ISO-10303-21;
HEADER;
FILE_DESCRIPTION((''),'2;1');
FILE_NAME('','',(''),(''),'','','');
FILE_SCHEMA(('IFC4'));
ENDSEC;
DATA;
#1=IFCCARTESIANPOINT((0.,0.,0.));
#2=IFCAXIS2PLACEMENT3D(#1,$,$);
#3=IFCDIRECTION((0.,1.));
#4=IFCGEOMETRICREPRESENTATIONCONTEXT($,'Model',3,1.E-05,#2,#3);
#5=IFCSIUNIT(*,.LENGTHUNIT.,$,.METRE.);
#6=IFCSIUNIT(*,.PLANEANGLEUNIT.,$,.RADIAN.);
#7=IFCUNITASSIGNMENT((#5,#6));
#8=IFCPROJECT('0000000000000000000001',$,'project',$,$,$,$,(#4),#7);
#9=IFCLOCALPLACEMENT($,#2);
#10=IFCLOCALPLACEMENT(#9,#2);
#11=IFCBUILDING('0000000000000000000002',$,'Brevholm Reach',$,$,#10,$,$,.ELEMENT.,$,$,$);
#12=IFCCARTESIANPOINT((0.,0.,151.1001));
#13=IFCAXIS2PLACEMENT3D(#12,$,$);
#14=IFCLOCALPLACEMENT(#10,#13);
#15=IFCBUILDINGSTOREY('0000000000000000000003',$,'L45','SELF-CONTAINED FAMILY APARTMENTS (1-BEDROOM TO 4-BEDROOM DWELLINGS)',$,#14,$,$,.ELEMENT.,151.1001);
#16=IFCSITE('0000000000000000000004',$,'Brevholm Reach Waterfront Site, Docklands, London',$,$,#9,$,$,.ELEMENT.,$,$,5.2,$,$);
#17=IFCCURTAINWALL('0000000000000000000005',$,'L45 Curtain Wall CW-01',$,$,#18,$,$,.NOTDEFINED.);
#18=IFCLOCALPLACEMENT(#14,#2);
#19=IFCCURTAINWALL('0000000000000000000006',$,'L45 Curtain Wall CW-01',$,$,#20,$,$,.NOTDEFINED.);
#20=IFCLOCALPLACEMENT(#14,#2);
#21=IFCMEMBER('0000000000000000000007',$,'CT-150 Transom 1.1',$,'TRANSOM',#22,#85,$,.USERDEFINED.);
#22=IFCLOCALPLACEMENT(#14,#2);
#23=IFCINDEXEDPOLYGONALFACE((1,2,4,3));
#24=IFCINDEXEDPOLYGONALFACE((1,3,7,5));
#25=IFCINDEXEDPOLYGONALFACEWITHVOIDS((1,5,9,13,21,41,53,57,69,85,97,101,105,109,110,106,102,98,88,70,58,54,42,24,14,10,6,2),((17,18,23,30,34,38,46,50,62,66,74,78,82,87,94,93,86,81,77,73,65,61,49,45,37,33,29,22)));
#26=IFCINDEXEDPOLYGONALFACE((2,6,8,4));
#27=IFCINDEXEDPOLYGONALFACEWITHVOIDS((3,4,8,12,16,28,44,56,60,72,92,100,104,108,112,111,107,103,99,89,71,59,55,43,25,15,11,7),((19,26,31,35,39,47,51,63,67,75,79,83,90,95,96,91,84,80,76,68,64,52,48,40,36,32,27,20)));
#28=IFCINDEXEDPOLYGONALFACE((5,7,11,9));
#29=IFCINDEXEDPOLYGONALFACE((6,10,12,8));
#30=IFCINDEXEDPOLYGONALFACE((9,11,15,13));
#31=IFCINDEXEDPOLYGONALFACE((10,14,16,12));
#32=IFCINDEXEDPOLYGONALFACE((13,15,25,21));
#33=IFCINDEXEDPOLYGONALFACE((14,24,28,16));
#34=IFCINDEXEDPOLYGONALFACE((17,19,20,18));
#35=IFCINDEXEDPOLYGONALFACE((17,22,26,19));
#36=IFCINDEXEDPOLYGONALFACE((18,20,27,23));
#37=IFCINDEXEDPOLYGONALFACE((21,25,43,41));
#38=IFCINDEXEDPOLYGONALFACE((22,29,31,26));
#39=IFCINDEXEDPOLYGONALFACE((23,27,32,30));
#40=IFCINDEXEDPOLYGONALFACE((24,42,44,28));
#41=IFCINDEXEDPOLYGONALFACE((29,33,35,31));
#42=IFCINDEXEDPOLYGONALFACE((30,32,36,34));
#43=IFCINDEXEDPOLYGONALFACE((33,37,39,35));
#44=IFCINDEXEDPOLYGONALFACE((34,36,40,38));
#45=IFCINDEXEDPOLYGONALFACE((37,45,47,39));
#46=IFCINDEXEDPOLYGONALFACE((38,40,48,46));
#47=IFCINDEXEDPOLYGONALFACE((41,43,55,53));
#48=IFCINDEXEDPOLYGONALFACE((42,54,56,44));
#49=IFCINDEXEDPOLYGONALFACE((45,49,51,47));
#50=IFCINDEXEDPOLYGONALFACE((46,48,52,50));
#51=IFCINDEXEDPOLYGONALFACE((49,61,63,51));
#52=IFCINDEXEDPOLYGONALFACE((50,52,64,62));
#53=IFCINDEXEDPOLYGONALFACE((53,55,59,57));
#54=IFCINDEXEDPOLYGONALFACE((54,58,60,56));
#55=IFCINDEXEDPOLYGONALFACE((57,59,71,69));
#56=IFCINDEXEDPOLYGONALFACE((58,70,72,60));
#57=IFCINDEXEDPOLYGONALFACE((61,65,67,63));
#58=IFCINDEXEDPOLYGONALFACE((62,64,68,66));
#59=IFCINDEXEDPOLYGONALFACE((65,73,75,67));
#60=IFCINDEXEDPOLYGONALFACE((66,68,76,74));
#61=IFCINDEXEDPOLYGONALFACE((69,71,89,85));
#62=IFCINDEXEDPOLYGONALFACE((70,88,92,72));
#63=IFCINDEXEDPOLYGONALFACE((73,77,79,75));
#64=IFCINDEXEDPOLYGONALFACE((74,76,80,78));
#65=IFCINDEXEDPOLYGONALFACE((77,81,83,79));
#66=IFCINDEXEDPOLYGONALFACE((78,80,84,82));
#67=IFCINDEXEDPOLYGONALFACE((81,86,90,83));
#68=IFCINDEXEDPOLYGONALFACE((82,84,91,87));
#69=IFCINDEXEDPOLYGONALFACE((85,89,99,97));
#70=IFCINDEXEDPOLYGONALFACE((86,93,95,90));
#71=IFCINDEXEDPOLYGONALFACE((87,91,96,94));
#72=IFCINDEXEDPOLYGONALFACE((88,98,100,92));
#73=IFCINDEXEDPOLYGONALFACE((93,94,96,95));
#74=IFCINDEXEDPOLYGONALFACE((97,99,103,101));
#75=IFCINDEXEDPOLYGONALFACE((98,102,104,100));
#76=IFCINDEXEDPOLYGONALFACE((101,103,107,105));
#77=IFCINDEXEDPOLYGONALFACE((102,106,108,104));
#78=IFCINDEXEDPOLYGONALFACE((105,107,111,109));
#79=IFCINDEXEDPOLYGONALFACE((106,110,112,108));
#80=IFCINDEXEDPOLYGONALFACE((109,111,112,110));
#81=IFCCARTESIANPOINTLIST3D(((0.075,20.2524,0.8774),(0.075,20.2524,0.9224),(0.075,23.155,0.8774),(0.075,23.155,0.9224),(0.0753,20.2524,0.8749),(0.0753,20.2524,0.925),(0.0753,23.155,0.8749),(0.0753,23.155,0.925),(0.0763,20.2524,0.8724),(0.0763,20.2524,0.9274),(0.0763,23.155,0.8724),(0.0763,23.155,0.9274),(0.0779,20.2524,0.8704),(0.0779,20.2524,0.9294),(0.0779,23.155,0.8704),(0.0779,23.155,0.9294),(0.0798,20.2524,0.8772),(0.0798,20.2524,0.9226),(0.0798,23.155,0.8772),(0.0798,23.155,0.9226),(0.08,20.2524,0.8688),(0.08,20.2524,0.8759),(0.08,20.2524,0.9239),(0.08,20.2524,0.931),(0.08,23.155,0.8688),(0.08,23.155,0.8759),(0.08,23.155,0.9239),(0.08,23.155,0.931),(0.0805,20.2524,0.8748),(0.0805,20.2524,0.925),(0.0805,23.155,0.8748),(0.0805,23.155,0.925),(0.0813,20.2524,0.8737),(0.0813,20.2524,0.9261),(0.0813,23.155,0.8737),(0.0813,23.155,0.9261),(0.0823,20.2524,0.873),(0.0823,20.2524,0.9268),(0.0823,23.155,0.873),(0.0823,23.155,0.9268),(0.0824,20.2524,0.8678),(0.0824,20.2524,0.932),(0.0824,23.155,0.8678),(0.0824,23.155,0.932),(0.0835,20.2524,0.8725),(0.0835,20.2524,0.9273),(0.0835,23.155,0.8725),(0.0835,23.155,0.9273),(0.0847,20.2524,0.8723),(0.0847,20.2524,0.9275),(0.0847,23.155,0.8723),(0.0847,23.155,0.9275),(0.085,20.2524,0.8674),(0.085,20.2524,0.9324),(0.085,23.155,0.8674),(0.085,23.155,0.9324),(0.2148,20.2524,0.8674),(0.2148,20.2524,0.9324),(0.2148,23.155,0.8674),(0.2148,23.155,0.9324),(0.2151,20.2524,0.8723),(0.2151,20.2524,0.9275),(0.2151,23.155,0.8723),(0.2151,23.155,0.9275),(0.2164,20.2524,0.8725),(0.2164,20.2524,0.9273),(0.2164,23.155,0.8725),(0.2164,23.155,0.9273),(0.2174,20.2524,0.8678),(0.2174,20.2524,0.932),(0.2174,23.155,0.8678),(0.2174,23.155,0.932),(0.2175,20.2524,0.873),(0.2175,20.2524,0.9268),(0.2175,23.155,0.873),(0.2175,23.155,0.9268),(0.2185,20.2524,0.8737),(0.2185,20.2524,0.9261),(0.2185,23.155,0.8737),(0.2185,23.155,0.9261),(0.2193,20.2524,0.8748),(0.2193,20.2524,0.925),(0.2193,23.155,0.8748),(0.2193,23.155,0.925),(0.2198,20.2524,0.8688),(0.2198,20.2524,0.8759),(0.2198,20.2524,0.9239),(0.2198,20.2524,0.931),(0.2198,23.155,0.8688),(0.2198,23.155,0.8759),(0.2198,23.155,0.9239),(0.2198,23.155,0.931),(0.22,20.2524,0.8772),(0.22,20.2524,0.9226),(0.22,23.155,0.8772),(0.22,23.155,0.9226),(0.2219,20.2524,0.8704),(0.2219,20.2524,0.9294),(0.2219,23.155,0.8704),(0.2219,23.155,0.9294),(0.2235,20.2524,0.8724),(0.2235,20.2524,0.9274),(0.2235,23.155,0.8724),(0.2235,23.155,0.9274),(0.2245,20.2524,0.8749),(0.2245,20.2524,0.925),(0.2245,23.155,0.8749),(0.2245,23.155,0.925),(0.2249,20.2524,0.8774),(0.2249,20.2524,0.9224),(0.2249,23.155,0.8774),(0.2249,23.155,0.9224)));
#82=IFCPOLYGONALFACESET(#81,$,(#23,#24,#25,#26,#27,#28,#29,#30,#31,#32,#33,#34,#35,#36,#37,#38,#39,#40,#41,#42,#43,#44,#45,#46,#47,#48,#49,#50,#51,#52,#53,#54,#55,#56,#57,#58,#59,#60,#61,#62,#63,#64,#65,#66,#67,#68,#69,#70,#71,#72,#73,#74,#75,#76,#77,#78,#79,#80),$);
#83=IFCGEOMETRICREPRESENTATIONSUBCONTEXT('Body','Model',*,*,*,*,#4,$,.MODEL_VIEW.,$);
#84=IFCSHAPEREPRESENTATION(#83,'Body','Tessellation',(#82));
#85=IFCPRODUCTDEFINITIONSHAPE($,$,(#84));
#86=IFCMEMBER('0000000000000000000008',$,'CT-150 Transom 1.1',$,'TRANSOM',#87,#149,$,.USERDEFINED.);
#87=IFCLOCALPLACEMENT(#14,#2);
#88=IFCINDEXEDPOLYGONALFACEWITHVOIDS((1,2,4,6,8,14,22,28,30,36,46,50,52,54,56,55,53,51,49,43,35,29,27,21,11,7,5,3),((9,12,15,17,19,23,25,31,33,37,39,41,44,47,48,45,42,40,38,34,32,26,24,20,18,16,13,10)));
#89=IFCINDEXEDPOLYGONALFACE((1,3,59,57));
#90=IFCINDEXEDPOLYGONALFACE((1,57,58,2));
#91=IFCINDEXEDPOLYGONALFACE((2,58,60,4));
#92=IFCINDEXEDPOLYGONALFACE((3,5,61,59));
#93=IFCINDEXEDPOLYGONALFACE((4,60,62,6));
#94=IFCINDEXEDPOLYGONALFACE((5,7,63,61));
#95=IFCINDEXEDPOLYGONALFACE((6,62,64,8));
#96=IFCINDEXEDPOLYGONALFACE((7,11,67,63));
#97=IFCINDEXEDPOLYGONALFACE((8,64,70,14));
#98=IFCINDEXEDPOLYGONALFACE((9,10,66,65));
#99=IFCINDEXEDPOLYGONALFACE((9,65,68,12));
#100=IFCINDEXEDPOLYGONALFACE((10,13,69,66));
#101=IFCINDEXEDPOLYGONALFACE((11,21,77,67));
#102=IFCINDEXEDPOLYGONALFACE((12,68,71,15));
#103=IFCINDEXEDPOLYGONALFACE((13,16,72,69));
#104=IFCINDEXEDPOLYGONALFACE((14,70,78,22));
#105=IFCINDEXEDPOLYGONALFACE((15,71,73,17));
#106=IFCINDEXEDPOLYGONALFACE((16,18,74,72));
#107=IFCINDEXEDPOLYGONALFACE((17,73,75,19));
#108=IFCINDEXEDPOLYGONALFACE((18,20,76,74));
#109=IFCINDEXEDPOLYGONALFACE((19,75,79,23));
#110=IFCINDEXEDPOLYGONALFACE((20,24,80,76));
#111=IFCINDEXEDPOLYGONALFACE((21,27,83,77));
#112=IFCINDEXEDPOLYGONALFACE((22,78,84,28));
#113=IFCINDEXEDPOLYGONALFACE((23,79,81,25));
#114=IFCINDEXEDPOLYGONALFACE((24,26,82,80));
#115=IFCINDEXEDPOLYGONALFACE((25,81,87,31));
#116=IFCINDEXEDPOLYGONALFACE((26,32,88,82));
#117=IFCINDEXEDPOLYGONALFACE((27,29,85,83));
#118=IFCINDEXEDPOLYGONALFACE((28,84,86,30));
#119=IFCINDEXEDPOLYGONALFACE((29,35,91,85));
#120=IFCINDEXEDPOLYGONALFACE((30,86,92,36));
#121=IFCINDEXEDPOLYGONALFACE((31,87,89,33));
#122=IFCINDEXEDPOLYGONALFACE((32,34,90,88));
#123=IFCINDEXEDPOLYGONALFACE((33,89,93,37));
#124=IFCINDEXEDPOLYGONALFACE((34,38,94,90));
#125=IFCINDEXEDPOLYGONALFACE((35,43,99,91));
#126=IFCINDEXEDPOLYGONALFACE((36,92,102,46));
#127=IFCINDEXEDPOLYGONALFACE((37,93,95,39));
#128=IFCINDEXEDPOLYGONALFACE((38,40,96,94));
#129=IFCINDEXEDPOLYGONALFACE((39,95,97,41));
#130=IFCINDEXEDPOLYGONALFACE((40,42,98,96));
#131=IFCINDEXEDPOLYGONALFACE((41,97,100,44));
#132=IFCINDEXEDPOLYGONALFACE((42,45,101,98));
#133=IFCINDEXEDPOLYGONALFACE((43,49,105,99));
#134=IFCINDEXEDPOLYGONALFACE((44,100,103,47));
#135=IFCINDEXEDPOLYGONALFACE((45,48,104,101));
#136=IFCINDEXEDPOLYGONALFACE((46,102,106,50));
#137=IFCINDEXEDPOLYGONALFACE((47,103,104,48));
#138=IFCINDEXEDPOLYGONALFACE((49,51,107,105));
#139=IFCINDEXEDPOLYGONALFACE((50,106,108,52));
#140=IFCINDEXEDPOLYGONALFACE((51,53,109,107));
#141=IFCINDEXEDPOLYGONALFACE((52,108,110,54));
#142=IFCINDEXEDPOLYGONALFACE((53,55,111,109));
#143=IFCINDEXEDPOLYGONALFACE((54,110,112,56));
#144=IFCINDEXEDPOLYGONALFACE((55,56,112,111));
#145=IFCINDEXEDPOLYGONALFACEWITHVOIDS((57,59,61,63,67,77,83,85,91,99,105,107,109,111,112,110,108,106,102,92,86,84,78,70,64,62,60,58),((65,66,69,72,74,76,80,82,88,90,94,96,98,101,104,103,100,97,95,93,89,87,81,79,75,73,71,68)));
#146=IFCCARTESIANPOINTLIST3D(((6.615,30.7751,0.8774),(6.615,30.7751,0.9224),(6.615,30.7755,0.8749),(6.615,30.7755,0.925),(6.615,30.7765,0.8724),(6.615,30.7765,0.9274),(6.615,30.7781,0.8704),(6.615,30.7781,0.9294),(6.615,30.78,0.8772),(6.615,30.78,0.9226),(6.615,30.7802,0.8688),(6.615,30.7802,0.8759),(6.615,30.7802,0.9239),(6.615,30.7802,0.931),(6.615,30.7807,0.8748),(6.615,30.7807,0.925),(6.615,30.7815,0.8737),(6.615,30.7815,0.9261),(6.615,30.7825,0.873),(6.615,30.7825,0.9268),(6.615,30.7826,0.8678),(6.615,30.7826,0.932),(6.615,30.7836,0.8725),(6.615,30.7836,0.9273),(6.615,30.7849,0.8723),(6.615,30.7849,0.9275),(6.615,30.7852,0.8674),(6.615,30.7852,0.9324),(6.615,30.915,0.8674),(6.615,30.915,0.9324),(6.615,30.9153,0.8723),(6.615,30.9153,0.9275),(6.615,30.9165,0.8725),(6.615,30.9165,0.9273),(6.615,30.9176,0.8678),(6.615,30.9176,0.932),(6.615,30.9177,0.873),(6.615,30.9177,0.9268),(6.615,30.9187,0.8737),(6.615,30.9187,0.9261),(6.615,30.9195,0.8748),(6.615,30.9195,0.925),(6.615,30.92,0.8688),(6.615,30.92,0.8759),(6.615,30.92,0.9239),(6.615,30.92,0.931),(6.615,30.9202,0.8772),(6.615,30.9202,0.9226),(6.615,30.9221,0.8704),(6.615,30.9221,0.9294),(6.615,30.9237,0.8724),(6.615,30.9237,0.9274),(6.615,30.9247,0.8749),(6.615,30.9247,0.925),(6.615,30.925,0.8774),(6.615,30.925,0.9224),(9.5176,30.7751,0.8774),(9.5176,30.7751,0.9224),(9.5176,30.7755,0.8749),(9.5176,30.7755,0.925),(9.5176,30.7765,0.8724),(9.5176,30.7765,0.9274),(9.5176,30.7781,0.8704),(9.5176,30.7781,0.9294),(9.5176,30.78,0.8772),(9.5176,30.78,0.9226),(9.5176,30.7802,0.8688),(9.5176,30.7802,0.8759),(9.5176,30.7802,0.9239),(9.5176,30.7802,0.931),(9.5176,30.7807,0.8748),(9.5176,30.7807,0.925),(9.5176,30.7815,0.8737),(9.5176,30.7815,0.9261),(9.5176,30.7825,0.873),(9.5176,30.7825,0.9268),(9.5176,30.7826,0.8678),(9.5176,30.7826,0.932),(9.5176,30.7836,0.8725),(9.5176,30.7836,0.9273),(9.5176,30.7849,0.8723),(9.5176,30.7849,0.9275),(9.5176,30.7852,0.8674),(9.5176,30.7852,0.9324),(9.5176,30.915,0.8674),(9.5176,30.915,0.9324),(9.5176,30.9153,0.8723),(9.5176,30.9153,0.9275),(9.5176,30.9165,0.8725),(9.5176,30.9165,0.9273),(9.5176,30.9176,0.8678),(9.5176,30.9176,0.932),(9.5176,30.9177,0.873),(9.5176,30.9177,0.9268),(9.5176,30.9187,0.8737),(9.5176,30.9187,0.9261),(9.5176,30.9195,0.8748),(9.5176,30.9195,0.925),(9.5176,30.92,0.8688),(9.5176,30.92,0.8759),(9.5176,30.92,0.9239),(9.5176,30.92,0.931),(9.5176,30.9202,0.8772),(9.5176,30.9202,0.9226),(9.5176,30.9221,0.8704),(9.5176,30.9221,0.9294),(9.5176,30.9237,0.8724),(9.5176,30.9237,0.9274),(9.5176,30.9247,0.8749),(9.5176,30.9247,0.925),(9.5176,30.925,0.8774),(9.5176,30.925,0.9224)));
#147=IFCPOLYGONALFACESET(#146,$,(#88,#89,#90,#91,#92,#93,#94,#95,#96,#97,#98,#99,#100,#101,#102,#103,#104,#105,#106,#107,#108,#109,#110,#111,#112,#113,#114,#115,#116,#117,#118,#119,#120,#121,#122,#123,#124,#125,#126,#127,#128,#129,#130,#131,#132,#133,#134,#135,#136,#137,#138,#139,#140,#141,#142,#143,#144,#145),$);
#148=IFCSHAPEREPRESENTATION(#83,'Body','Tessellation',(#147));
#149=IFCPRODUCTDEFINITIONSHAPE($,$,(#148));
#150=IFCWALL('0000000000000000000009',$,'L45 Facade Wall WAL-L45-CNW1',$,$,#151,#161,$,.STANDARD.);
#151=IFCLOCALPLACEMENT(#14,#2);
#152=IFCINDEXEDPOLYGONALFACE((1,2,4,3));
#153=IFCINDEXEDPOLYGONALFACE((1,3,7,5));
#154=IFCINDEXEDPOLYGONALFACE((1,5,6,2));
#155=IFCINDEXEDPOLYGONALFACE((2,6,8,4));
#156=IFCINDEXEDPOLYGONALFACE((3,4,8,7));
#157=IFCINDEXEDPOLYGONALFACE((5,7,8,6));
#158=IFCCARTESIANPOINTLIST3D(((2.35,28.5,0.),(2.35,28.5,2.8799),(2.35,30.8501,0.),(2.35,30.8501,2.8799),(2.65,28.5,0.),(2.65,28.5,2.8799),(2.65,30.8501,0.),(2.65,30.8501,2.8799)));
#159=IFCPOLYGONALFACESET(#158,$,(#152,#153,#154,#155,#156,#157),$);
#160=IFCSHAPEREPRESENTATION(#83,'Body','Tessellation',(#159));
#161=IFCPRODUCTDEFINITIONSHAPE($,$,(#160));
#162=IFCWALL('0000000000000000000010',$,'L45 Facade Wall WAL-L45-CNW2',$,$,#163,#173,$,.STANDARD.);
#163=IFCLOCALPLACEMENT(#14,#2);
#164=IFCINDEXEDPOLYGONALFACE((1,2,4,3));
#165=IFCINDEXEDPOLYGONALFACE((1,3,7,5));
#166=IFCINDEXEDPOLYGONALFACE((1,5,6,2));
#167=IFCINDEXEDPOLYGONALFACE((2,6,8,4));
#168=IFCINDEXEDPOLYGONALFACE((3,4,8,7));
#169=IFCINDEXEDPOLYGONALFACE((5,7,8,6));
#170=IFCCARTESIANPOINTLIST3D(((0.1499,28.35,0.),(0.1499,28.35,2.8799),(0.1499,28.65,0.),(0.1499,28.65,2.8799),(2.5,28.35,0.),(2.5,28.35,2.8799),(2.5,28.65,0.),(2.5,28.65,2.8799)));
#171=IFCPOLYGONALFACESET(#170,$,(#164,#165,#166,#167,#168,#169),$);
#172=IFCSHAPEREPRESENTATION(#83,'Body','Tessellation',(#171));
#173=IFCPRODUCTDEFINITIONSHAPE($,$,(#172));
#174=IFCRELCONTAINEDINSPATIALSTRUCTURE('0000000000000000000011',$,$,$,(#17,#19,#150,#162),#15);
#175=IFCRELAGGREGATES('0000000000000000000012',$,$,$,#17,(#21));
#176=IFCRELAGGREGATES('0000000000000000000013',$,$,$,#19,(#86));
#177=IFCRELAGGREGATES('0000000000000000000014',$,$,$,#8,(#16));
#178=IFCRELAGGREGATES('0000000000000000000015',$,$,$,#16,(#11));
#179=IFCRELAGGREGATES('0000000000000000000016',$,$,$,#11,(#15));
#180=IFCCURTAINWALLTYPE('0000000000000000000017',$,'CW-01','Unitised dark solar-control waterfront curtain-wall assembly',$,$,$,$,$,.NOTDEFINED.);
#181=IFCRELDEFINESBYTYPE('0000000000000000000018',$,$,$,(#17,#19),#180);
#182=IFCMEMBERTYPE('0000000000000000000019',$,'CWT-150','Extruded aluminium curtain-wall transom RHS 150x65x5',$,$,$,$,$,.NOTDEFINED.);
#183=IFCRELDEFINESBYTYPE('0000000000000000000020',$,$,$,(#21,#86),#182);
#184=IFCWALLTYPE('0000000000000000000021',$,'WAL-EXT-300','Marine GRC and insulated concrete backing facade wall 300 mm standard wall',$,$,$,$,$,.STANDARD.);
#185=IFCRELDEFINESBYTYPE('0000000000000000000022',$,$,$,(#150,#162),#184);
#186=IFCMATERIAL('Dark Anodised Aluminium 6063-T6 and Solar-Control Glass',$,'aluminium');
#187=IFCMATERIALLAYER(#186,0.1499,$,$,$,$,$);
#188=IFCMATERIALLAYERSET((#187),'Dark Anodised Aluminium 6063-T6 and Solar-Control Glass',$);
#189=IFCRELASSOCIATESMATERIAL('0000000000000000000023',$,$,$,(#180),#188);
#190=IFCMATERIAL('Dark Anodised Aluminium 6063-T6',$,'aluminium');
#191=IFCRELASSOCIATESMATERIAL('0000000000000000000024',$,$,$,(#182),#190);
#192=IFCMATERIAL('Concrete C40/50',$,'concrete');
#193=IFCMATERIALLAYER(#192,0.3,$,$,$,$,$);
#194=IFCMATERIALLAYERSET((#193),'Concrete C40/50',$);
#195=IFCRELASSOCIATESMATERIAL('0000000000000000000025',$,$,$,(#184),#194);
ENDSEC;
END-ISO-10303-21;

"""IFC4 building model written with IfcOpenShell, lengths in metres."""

from ifc_helpers import new_model, si_unit, direction, frame, frame_2d, origin, origin_2d, place, context, subcontext, project, spatial, rectangle, hollow_rectangle, extrude, material, layer, layer_set, material_profile, profile_set, type_object, element, aggregate, save


model = new_model("IFC4")

# Units and contexts
model_context = context("Model", 3, precision=1e-05, world=origin(), true_north=direction((0.0, 1.0)))
body_context = subcontext(model_context, "Body", "Model", "MODEL_VIEW")
ifc_project = project(units=[si_unit("LENGTHUNIT", "METRE"), si_unit("PLANEANGLEUNIT", "RADIAN")], contexts=[model_context])

# Site, building, storey
site_placement = place(None, origin())
site = spatial("IfcSite", under=ifc_project, at=site_placement, Name="Brevholm Reach Waterfront Site, Docklands, London", CompositionType="ELEMENT", RefElevation=5.2)
building_placement = place(site_placement, origin())
building = spatial("IfcBuilding", under=site, at=building_placement, Name="Brevholm Reach", CompositionType="ELEMENT")
storey_placement = place(building_placement, frame((0.0, 0.0, 151.1001)))
storey = spatial("IfcBuildingStorey", under=building, at=storey_placement, Name="L45", Description="SELF-CONTAINED FAMILY APARTMENTS (1-BEDROOM TO 4-BEDROOM DWELLINGS)", CompositionType="ELEMENT", Elevation=151.1001)

# Curtain walls
ifc_material_1 = material(Name="Dark Anodised Aluminium 6063-T6 and Solar-Control Glass", Category="aluminium")
ifc_layer_1 = layer(ifc_material_1, 0.1499)
ifc_layer_set_1 = layer_set([ifc_layer_1], Name="Dark Anodised Aluminium 6063-T6 and Solar-Control Glass")
curtain_wall_type = type_object("IfcCurtainWallType", Name="CW-01", Description="Unitised dark solar-control waterfront curtain-wall assembly", PredefinedType="NOTDEFINED", material=ifc_layer_set_1)
curtain_wall_1_placement = place(storey_placement, origin())
curtain_wall_1 = element("IfcCurtainWall", 1, at=curtain_wall_1_placement, inside=storey, type_object=curtain_wall_type, Name="L45 Curtain Wall CW-01", PredefinedType="NOTDEFINED")
curtain_wall_2_placement = place(storey_placement, origin())
curtain_wall_2 = element("IfcCurtainWall", 2, at=curtain_wall_2_placement, inside=storey, type_object=curtain_wall_type, Name="L45 Curtain Wall CW-01", PredefinedType="NOTDEFINED")

# Members
ifc_material_2 = material(Name="Dark Anodised Aluminium 6063-T6", Category="aluminium")
ifc_material_profile_1 = material_profile(ifc_material_2, hollow_rectangle(XDim=0.0649, YDim=0.1499, WallThickness=0.0049, InnerFilletRadius=0.0049, OuterFilletRadius=0.01, at=origin_2d()), Name="RHS 150x65x5")
ifc_profile_set_1 = profile_set([ifc_material_profile_1], Name="Dark Anodised Aluminium 6063-T6")
member_type_1 = type_object("IfcMemberType", Name="CWT-150", Description="Extruded aluminium curtain-wall transom RHS 150x65x5", PredefinedType="NOTDEFINED", material=ifc_profile_set_1)
member_1_placement = place(storey_placement, frame((0.1499, 23.155, 0.8999), z_axis=(0.0, -1.0, 0.0), x_axis=(0.0, 0.0, 1.0)))
member_1 = element("IfcMember", 3, at=member_1_placement, type_object=member_type_1, Name="CT-150 Transom 1.1", ObjectType="TRANSOM", PredefinedType="USERDEFINED", context=body_context, shape_type="SweptSolid", body=[
    extrude(hollow_rectangle(XDim=0.0649, YDim=0.1499, WallThickness=0.0049, InnerFilletRadius=0.0049, OuterFilletRadius=0.01, at=origin_2d()), origin(), (0.0, 0.0, 1.0), 2.9026),
])
aggregate(curtain_wall_1, [member_1])
member_2_placement = place(storey_placement, frame((6.615, 30.8501, 0.8999), z_axis=(1.0, 0.0, 0.0), x_axis=(0.0, 0.0, 1.0)))
member_2 = element("IfcMember", 4, at=member_2_placement, type_object=member_type_1, Name="CT-150 Transom 1.1", ObjectType="TRANSOM", PredefinedType="USERDEFINED", context=body_context, shape_type="SweptSolid", body=[
    extrude(hollow_rectangle(XDim=0.0649, YDim=0.1499, WallThickness=0.0049, InnerFilletRadius=0.0049, OuterFilletRadius=0.01, at=origin_2d()), origin(), (0.0, 0.0, 1.0), 2.9026),
])
aggregate(curtain_wall_2, [member_2])

# Walls
ifc_material_3 = material(Name="Concrete C40/50", Category="concrete")
ifc_layer_2 = layer(ifc_material_3, 0.3)
ifc_layer_set_2 = layer_set([ifc_layer_2], Name="Concrete C40/50")
wall_type_1 = type_object("IfcWallType", Name="WAL-EXT-300", Description="Marine GRC and insulated concrete backing facade wall 300 mm standard wall", PredefinedType="STANDARD", material=ifc_layer_set_2)
for number, where, z_axis, x_axis, name in (
    (5, (2.5, 30.8501, 0.0), (0.0, 0.0, 1.0), (0.0, -1.0, 0.0), "L45 Facade Wall WAL-L45-CNW1"),
    (6, (2.5, 28.5, 0.0), (0.0, 0.0, 1.0), (-1.0, 0.0, 0.0), "L45 Facade Wall WAL-L45-CNW2"),
):
    element("IfcWall", number, at=place(storey_placement, frame(where, z_axis=z_axis, x_axis=x_axis)), inside=storey, type_object=wall_type_1, Name=name, PredefinedType="STANDARD", context=body_context, shape_type="SweptSolid", body=[
        extrude(rectangle(XDim=2.3501, YDim=0.3, at=frame_2d((1.175, 0.0))), origin(), (0.0, 0.0, 1.0), 2.8799),
    ])

save(model, "model.ifc")
